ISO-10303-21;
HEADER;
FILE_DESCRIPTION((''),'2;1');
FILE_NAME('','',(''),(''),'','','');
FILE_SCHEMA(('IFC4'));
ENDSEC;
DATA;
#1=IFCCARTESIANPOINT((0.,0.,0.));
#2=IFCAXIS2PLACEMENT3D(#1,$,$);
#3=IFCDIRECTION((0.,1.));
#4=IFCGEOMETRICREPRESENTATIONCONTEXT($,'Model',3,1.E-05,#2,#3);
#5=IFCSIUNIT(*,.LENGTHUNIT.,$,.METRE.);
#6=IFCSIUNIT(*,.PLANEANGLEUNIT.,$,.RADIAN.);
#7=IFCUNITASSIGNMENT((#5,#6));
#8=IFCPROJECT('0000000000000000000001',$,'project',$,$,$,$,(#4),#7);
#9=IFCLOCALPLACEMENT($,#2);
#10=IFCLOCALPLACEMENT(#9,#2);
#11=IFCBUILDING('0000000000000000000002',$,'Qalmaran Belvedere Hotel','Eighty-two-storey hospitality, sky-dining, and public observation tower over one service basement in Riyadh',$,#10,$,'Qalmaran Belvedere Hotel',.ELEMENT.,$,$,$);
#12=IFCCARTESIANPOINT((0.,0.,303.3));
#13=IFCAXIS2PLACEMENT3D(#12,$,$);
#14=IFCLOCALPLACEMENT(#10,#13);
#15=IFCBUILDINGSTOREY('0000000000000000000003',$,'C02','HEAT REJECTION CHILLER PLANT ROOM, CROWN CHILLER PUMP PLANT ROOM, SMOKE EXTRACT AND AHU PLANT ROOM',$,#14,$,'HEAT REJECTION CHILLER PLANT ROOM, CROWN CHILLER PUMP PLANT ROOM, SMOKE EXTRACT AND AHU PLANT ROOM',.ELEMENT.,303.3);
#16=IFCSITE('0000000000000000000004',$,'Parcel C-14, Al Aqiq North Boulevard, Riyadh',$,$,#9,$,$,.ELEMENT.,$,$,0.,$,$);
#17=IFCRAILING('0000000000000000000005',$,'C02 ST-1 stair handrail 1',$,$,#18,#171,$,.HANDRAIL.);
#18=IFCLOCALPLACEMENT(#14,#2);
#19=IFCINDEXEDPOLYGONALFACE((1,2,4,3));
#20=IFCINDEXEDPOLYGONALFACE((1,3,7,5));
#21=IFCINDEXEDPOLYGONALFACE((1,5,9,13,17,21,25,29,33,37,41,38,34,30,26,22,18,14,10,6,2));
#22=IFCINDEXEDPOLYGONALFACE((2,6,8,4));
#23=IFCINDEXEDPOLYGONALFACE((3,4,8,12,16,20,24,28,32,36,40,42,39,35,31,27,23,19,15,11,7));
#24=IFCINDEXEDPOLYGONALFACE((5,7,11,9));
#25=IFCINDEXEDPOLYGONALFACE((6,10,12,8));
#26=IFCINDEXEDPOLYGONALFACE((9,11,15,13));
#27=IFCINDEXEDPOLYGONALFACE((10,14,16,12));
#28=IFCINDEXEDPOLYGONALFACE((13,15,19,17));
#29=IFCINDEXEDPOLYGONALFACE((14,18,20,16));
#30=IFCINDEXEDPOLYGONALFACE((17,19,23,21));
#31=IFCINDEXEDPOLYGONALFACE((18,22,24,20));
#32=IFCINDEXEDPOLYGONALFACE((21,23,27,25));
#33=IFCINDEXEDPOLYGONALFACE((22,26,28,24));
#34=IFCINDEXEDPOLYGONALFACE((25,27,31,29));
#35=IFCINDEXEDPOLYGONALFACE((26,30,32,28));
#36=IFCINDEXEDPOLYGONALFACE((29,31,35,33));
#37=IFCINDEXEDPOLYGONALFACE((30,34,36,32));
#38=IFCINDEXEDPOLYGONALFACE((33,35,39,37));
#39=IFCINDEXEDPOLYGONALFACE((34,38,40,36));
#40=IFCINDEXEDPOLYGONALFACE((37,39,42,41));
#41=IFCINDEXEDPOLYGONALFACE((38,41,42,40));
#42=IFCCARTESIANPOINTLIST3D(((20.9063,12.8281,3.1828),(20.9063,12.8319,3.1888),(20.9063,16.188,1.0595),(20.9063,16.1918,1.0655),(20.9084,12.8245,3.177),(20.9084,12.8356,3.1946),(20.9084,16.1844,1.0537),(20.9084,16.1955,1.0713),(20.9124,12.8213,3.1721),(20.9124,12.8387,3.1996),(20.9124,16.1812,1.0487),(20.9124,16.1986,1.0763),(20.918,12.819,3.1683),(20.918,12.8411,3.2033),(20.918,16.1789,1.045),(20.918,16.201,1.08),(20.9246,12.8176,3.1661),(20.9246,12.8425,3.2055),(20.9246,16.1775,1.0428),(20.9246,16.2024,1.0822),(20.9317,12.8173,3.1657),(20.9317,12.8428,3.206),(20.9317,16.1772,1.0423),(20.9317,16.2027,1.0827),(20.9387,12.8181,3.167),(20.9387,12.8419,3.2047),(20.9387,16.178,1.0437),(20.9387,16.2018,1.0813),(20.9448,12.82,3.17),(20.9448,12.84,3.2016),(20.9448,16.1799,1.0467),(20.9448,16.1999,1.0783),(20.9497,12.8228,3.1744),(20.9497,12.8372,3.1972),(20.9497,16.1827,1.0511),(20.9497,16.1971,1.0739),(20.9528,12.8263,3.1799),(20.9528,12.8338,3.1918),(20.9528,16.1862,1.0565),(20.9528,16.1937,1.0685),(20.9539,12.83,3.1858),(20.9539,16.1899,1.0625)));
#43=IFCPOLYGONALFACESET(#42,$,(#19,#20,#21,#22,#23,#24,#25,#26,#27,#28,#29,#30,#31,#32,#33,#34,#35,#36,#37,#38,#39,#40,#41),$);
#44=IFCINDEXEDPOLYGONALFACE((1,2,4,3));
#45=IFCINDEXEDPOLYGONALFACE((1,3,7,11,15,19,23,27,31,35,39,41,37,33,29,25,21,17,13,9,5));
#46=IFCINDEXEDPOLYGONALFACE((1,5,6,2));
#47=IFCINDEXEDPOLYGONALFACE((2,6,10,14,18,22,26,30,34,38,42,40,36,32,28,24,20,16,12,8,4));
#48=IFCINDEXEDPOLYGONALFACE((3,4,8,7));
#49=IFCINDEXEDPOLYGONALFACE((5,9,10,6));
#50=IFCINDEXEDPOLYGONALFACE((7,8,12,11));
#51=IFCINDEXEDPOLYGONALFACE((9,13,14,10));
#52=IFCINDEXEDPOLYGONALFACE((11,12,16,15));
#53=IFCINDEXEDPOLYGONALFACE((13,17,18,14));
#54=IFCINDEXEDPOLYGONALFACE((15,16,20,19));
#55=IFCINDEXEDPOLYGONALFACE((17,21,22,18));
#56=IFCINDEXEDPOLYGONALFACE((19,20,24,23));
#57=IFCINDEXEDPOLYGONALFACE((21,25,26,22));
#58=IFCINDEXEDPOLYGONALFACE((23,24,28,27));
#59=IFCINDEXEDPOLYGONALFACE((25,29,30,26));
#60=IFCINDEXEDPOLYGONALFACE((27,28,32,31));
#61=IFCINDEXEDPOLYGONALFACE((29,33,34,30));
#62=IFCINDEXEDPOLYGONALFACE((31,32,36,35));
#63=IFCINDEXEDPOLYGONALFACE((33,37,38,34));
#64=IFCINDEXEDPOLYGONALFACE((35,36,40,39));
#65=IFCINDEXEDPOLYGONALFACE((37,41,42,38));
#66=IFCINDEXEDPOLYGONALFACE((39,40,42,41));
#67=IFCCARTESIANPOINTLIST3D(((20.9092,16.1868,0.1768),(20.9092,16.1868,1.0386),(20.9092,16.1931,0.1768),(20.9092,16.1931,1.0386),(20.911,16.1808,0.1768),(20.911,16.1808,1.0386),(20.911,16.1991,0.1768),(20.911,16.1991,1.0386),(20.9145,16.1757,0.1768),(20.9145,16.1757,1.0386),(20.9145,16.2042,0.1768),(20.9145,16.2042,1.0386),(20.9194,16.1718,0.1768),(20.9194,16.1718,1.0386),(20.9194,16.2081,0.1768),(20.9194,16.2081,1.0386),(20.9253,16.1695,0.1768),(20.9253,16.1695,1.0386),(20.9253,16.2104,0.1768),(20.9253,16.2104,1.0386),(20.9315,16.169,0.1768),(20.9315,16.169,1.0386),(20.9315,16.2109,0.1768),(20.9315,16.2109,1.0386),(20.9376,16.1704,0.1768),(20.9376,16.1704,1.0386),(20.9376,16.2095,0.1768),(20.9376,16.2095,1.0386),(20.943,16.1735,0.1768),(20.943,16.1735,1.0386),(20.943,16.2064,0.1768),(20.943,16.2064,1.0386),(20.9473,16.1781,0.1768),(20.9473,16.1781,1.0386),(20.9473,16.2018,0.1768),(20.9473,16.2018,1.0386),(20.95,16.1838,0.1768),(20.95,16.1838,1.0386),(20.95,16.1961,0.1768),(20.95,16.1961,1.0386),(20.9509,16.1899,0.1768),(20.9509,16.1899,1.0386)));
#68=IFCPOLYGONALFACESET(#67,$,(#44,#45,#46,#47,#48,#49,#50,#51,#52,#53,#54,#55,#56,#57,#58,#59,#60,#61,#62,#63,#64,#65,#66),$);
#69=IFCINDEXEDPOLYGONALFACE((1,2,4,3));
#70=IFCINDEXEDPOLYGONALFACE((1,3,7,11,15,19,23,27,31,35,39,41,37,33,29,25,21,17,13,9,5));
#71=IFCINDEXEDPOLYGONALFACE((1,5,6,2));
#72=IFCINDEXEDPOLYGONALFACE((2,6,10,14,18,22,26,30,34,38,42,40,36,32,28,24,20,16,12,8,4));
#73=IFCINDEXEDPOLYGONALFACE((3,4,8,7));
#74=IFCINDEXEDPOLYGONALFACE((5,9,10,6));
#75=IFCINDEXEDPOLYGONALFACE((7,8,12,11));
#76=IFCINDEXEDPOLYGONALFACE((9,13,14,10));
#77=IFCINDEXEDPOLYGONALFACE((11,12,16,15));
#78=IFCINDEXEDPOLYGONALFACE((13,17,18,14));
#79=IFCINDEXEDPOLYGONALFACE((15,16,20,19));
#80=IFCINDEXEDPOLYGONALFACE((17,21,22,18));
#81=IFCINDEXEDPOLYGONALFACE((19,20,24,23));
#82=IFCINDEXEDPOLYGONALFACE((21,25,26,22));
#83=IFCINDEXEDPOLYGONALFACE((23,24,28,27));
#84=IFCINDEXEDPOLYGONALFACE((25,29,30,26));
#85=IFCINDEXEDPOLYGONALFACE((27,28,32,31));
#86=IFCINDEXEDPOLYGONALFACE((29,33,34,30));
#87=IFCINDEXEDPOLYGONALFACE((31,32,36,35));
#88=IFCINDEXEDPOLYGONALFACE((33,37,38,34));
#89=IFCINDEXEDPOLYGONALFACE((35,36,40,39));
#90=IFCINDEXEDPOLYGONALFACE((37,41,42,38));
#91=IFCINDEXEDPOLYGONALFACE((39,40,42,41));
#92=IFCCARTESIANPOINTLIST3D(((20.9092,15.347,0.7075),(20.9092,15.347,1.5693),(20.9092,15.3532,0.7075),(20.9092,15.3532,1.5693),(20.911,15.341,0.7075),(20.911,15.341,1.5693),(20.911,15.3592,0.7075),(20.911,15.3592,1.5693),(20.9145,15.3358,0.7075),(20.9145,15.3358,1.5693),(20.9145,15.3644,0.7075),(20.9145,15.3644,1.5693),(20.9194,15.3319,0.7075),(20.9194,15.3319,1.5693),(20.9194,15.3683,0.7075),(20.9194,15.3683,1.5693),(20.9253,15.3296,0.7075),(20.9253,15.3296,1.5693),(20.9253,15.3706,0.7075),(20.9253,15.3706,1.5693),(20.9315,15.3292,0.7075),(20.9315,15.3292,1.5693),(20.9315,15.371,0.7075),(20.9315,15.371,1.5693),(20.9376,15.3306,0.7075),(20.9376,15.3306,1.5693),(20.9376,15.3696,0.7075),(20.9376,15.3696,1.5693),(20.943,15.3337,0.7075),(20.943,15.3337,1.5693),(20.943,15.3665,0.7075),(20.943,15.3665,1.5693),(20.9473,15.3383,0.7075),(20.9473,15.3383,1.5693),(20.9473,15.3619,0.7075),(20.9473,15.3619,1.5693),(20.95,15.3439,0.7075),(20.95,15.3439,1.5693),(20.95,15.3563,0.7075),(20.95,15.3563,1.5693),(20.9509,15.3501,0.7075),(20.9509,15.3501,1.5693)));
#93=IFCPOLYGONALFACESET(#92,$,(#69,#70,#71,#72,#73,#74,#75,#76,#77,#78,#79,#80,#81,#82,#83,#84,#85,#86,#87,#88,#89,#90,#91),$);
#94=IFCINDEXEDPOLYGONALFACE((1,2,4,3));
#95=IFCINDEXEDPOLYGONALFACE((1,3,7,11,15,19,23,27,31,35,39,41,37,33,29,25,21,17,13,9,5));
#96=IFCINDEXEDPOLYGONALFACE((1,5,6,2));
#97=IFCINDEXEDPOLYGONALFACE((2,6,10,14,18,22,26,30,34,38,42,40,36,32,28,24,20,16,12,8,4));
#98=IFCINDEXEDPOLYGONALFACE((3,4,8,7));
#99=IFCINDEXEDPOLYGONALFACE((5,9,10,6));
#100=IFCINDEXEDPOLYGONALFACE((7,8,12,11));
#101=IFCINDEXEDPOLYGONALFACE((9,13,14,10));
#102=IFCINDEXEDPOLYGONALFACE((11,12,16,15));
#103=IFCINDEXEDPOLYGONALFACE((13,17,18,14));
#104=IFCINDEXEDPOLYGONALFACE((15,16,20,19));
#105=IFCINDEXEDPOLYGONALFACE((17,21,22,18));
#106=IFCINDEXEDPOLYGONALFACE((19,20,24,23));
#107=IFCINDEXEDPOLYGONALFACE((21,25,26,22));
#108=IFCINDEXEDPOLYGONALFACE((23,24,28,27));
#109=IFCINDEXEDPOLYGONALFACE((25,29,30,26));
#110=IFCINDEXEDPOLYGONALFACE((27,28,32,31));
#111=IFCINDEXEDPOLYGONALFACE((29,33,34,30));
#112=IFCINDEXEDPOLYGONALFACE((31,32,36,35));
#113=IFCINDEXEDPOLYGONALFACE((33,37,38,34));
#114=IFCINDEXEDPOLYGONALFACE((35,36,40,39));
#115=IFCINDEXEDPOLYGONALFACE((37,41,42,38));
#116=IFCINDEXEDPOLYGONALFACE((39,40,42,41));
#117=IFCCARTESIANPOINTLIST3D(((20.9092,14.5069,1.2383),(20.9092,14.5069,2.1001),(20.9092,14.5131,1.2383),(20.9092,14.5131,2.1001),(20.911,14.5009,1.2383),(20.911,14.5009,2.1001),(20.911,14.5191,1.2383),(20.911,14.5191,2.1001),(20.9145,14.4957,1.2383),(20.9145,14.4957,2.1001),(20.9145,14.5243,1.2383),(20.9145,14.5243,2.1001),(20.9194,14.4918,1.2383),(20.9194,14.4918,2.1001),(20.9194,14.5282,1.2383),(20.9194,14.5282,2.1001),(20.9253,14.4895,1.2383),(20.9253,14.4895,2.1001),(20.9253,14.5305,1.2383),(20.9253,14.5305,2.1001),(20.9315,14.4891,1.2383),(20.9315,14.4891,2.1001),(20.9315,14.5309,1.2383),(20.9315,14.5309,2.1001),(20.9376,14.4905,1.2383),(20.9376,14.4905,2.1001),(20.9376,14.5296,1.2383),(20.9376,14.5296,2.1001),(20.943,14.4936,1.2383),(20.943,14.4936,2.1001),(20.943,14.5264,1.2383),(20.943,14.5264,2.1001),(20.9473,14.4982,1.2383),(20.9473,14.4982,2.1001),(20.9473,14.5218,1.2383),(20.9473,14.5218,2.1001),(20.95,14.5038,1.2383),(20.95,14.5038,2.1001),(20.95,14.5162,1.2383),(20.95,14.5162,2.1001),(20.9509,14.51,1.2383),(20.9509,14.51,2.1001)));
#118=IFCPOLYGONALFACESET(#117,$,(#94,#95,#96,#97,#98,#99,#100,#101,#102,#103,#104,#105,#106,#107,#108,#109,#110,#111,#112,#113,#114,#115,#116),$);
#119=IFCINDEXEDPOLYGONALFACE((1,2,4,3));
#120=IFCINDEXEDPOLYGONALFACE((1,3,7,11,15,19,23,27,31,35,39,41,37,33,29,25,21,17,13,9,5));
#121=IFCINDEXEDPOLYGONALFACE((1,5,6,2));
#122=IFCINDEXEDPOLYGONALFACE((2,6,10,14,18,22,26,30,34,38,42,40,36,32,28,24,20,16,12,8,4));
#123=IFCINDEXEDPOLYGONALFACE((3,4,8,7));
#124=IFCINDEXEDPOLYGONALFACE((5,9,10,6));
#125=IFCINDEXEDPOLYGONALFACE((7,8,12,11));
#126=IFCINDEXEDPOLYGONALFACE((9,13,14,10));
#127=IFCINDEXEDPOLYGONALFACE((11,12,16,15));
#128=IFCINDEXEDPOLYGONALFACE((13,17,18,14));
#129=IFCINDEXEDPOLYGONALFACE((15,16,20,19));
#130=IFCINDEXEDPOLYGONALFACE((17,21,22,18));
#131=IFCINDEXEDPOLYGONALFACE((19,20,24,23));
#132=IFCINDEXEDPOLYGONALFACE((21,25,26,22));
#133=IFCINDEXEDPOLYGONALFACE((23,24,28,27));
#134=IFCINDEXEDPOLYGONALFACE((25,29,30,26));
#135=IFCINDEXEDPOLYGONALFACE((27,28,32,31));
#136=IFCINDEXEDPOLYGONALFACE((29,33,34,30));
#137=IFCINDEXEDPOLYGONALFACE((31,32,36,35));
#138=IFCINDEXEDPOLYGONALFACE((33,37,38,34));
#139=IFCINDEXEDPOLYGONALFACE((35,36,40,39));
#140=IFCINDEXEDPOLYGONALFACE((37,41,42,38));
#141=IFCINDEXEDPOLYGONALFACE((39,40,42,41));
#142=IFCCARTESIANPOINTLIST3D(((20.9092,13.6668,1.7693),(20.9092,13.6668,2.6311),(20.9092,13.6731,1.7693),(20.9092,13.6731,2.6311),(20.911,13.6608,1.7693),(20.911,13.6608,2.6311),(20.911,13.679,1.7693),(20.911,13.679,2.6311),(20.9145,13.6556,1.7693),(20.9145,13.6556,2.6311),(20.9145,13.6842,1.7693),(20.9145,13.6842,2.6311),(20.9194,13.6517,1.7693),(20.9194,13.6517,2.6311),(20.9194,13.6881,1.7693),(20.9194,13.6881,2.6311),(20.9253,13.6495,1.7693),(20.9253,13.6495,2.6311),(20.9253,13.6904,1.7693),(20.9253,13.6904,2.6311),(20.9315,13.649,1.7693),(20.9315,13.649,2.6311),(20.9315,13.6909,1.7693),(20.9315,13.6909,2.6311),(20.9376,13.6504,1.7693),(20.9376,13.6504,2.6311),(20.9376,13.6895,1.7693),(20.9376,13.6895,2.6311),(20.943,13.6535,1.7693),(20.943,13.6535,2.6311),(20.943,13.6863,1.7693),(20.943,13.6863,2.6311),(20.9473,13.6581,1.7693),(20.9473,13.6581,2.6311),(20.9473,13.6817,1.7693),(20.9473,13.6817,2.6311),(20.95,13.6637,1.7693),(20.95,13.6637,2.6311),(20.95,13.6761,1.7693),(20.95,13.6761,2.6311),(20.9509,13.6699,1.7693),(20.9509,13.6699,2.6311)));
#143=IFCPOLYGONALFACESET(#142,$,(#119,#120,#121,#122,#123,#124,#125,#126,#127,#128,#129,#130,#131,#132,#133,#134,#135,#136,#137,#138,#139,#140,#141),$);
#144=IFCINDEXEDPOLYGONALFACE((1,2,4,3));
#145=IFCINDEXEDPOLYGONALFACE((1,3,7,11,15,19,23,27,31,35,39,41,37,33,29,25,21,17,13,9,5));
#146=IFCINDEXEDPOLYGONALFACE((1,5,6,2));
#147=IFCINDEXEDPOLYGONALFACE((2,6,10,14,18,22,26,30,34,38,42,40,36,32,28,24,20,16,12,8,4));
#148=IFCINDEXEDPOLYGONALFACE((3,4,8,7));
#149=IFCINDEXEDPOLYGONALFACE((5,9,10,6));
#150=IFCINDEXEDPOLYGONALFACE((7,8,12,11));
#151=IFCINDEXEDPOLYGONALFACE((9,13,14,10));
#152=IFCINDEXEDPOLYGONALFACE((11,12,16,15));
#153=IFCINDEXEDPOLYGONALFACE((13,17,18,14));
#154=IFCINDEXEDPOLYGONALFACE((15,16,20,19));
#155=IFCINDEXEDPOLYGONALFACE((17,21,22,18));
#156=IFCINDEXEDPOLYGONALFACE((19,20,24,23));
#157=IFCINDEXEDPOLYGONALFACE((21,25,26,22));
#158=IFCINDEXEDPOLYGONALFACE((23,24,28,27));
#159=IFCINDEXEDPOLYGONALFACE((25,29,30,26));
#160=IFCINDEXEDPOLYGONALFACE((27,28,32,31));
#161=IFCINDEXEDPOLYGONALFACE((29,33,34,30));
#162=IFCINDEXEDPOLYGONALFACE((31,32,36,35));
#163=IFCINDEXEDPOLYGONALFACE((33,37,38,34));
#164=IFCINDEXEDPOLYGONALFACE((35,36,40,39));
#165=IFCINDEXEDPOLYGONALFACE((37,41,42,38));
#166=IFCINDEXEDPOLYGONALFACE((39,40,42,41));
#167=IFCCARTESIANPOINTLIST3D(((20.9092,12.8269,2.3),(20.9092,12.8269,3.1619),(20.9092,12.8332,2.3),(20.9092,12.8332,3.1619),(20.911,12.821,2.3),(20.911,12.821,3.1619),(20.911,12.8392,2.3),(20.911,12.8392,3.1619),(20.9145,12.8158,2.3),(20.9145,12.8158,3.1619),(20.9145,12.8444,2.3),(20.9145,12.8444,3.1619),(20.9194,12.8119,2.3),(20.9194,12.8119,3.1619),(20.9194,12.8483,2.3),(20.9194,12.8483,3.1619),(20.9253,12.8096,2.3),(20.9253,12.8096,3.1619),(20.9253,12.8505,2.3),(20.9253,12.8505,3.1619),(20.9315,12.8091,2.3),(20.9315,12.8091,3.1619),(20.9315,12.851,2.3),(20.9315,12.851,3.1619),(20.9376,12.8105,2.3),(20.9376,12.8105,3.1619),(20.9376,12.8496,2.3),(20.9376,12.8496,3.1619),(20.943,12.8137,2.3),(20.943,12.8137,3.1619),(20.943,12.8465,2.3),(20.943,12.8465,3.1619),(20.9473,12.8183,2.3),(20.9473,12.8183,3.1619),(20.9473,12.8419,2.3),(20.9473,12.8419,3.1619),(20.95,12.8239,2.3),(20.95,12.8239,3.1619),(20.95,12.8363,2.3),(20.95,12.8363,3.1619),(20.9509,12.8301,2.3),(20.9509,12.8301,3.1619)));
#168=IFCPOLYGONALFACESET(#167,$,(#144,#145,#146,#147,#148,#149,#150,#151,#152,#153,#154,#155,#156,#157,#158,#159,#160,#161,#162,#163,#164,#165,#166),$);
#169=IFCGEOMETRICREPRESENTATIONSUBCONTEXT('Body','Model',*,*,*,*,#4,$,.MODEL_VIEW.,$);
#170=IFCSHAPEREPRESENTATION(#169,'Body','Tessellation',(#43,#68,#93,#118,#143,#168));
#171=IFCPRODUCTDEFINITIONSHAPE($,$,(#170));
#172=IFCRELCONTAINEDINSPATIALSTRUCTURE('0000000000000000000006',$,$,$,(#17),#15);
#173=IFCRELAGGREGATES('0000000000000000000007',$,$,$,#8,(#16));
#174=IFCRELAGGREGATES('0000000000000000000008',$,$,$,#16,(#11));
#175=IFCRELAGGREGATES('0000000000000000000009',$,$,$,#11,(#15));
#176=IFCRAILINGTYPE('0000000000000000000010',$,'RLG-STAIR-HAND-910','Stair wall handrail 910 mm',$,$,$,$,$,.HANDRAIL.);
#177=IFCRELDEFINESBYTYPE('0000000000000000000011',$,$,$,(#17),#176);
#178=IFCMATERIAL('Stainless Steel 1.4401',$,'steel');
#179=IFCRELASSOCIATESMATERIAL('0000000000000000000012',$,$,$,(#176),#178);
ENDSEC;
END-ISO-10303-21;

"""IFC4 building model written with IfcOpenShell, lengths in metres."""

from ifc_helpers import new_model, si_unit, direction, frame, origin, origin_2d, place, context, subcontext, project, spatial, circle, extrude, material, type_object, element, save


model = new_model("IFC4")

# Units and contexts
model_context = context("Model", 3, precision=1e-05, world=origin(), true_north=direction((0.0, 1.0)))
body_context = subcontext(model_context, "Body", "Model", "MODEL_VIEW")
ifc_project = project(units=[si_unit("LENGTHUNIT", "METRE"), si_unit("PLANEANGLEUNIT", "RADIAN")], contexts=[model_context])

# Site, building, storey
site_placement = place(None, origin())
site = spatial("IfcSite", under=ifc_project, at=site_placement, Name="Parcel C-14, Al Aqiq North Boulevard, Riyadh", CompositionType="ELEMENT", RefElevation=0.0)
building_placement = place(site_placement, origin())
building = spatial("IfcBuilding", under=site, at=building_placement, Name="Qalmaran Belvedere Hotel", Description="Eighty-two-storey hospitality, sky-dining, and public observation tower over one service basement in Riyadh", LongName="Qalmaran Belvedere Hotel", CompositionType="ELEMENT")
storey_placement = place(building_placement, frame((0.0, 0.0, 303.3)))
storey = spatial("IfcBuildingStorey", under=building, at=storey_placement, Name="C02", Description="HEAT REJECTION CHILLER PLANT ROOM, CROWN CHILLER PUMP PLANT ROOM, SMOKE EXTRACT AND AHU PLANT ROOM", LongName="HEAT REJECTION CHILLER PLANT ROOM, CROWN CHILLER PUMP PLANT ROOM, SMOKE EXTRACT AND AHU PLANT ROOM", CompositionType="ELEMENT", Elevation=303.3)

# Railing
ifc_material_1 = material(Name="Stainless Steel 1.4401", Category="steel")
railing_type_1 = type_object("IfcRailingType", Name="RLG-STAIR-HAND-910", Description="Stair wall handrail 910 mm", PredefinedType="HANDRAIL", material=ifc_material_1)
railing_1_placement = place(storey_placement, frame((20.9299, 16.1899, 0.1768)))
element("IfcRailing", 1, at=railing_1_placement, inside=storey, type_object=railing_type_1, Name="C02 ST-1 stair handrail 1", PredefinedType="HANDRAIL", context=body_context, shape_type="SweptSolid", body=[
    extrude(circle(Radius=0.0239, at=origin_2d()), frame((0.0, 0.0, 0.8857), z_axis=(0.0, -0.845344, 0.534222), x_axis=(1.0, 0.0, 0.0)), (0.0, 0.0, 1.0), 3.9746),
    extrude(circle(Radius=0.021, at=origin_2d()), origin(), (0.0, 0.0, 1.0), 0.8618),
    extrude(circle(Radius=0.021, at=origin_2d()), frame((0.0, -0.8398, 0.5308)), (0.0, 0.0, 1.0), 0.8618),
    extrude(circle(Radius=0.021, at=origin_2d()), frame((0.0, -1.6799, 1.0615)), (0.0, 0.0, 1.0), 0.8618),
    extrude(circle(Radius=0.021, at=origin_2d()), frame((0.0, -2.52, 1.5925)), (0.0, 0.0, 1.0), 0.8618),
    extrude(circle(Radius=0.021, at=origin_2d()), frame((0.0, -3.3599, 2.1233)), (0.0, 0.0, 1.0), 0.8618),
])

save(model, "model.ifc")
